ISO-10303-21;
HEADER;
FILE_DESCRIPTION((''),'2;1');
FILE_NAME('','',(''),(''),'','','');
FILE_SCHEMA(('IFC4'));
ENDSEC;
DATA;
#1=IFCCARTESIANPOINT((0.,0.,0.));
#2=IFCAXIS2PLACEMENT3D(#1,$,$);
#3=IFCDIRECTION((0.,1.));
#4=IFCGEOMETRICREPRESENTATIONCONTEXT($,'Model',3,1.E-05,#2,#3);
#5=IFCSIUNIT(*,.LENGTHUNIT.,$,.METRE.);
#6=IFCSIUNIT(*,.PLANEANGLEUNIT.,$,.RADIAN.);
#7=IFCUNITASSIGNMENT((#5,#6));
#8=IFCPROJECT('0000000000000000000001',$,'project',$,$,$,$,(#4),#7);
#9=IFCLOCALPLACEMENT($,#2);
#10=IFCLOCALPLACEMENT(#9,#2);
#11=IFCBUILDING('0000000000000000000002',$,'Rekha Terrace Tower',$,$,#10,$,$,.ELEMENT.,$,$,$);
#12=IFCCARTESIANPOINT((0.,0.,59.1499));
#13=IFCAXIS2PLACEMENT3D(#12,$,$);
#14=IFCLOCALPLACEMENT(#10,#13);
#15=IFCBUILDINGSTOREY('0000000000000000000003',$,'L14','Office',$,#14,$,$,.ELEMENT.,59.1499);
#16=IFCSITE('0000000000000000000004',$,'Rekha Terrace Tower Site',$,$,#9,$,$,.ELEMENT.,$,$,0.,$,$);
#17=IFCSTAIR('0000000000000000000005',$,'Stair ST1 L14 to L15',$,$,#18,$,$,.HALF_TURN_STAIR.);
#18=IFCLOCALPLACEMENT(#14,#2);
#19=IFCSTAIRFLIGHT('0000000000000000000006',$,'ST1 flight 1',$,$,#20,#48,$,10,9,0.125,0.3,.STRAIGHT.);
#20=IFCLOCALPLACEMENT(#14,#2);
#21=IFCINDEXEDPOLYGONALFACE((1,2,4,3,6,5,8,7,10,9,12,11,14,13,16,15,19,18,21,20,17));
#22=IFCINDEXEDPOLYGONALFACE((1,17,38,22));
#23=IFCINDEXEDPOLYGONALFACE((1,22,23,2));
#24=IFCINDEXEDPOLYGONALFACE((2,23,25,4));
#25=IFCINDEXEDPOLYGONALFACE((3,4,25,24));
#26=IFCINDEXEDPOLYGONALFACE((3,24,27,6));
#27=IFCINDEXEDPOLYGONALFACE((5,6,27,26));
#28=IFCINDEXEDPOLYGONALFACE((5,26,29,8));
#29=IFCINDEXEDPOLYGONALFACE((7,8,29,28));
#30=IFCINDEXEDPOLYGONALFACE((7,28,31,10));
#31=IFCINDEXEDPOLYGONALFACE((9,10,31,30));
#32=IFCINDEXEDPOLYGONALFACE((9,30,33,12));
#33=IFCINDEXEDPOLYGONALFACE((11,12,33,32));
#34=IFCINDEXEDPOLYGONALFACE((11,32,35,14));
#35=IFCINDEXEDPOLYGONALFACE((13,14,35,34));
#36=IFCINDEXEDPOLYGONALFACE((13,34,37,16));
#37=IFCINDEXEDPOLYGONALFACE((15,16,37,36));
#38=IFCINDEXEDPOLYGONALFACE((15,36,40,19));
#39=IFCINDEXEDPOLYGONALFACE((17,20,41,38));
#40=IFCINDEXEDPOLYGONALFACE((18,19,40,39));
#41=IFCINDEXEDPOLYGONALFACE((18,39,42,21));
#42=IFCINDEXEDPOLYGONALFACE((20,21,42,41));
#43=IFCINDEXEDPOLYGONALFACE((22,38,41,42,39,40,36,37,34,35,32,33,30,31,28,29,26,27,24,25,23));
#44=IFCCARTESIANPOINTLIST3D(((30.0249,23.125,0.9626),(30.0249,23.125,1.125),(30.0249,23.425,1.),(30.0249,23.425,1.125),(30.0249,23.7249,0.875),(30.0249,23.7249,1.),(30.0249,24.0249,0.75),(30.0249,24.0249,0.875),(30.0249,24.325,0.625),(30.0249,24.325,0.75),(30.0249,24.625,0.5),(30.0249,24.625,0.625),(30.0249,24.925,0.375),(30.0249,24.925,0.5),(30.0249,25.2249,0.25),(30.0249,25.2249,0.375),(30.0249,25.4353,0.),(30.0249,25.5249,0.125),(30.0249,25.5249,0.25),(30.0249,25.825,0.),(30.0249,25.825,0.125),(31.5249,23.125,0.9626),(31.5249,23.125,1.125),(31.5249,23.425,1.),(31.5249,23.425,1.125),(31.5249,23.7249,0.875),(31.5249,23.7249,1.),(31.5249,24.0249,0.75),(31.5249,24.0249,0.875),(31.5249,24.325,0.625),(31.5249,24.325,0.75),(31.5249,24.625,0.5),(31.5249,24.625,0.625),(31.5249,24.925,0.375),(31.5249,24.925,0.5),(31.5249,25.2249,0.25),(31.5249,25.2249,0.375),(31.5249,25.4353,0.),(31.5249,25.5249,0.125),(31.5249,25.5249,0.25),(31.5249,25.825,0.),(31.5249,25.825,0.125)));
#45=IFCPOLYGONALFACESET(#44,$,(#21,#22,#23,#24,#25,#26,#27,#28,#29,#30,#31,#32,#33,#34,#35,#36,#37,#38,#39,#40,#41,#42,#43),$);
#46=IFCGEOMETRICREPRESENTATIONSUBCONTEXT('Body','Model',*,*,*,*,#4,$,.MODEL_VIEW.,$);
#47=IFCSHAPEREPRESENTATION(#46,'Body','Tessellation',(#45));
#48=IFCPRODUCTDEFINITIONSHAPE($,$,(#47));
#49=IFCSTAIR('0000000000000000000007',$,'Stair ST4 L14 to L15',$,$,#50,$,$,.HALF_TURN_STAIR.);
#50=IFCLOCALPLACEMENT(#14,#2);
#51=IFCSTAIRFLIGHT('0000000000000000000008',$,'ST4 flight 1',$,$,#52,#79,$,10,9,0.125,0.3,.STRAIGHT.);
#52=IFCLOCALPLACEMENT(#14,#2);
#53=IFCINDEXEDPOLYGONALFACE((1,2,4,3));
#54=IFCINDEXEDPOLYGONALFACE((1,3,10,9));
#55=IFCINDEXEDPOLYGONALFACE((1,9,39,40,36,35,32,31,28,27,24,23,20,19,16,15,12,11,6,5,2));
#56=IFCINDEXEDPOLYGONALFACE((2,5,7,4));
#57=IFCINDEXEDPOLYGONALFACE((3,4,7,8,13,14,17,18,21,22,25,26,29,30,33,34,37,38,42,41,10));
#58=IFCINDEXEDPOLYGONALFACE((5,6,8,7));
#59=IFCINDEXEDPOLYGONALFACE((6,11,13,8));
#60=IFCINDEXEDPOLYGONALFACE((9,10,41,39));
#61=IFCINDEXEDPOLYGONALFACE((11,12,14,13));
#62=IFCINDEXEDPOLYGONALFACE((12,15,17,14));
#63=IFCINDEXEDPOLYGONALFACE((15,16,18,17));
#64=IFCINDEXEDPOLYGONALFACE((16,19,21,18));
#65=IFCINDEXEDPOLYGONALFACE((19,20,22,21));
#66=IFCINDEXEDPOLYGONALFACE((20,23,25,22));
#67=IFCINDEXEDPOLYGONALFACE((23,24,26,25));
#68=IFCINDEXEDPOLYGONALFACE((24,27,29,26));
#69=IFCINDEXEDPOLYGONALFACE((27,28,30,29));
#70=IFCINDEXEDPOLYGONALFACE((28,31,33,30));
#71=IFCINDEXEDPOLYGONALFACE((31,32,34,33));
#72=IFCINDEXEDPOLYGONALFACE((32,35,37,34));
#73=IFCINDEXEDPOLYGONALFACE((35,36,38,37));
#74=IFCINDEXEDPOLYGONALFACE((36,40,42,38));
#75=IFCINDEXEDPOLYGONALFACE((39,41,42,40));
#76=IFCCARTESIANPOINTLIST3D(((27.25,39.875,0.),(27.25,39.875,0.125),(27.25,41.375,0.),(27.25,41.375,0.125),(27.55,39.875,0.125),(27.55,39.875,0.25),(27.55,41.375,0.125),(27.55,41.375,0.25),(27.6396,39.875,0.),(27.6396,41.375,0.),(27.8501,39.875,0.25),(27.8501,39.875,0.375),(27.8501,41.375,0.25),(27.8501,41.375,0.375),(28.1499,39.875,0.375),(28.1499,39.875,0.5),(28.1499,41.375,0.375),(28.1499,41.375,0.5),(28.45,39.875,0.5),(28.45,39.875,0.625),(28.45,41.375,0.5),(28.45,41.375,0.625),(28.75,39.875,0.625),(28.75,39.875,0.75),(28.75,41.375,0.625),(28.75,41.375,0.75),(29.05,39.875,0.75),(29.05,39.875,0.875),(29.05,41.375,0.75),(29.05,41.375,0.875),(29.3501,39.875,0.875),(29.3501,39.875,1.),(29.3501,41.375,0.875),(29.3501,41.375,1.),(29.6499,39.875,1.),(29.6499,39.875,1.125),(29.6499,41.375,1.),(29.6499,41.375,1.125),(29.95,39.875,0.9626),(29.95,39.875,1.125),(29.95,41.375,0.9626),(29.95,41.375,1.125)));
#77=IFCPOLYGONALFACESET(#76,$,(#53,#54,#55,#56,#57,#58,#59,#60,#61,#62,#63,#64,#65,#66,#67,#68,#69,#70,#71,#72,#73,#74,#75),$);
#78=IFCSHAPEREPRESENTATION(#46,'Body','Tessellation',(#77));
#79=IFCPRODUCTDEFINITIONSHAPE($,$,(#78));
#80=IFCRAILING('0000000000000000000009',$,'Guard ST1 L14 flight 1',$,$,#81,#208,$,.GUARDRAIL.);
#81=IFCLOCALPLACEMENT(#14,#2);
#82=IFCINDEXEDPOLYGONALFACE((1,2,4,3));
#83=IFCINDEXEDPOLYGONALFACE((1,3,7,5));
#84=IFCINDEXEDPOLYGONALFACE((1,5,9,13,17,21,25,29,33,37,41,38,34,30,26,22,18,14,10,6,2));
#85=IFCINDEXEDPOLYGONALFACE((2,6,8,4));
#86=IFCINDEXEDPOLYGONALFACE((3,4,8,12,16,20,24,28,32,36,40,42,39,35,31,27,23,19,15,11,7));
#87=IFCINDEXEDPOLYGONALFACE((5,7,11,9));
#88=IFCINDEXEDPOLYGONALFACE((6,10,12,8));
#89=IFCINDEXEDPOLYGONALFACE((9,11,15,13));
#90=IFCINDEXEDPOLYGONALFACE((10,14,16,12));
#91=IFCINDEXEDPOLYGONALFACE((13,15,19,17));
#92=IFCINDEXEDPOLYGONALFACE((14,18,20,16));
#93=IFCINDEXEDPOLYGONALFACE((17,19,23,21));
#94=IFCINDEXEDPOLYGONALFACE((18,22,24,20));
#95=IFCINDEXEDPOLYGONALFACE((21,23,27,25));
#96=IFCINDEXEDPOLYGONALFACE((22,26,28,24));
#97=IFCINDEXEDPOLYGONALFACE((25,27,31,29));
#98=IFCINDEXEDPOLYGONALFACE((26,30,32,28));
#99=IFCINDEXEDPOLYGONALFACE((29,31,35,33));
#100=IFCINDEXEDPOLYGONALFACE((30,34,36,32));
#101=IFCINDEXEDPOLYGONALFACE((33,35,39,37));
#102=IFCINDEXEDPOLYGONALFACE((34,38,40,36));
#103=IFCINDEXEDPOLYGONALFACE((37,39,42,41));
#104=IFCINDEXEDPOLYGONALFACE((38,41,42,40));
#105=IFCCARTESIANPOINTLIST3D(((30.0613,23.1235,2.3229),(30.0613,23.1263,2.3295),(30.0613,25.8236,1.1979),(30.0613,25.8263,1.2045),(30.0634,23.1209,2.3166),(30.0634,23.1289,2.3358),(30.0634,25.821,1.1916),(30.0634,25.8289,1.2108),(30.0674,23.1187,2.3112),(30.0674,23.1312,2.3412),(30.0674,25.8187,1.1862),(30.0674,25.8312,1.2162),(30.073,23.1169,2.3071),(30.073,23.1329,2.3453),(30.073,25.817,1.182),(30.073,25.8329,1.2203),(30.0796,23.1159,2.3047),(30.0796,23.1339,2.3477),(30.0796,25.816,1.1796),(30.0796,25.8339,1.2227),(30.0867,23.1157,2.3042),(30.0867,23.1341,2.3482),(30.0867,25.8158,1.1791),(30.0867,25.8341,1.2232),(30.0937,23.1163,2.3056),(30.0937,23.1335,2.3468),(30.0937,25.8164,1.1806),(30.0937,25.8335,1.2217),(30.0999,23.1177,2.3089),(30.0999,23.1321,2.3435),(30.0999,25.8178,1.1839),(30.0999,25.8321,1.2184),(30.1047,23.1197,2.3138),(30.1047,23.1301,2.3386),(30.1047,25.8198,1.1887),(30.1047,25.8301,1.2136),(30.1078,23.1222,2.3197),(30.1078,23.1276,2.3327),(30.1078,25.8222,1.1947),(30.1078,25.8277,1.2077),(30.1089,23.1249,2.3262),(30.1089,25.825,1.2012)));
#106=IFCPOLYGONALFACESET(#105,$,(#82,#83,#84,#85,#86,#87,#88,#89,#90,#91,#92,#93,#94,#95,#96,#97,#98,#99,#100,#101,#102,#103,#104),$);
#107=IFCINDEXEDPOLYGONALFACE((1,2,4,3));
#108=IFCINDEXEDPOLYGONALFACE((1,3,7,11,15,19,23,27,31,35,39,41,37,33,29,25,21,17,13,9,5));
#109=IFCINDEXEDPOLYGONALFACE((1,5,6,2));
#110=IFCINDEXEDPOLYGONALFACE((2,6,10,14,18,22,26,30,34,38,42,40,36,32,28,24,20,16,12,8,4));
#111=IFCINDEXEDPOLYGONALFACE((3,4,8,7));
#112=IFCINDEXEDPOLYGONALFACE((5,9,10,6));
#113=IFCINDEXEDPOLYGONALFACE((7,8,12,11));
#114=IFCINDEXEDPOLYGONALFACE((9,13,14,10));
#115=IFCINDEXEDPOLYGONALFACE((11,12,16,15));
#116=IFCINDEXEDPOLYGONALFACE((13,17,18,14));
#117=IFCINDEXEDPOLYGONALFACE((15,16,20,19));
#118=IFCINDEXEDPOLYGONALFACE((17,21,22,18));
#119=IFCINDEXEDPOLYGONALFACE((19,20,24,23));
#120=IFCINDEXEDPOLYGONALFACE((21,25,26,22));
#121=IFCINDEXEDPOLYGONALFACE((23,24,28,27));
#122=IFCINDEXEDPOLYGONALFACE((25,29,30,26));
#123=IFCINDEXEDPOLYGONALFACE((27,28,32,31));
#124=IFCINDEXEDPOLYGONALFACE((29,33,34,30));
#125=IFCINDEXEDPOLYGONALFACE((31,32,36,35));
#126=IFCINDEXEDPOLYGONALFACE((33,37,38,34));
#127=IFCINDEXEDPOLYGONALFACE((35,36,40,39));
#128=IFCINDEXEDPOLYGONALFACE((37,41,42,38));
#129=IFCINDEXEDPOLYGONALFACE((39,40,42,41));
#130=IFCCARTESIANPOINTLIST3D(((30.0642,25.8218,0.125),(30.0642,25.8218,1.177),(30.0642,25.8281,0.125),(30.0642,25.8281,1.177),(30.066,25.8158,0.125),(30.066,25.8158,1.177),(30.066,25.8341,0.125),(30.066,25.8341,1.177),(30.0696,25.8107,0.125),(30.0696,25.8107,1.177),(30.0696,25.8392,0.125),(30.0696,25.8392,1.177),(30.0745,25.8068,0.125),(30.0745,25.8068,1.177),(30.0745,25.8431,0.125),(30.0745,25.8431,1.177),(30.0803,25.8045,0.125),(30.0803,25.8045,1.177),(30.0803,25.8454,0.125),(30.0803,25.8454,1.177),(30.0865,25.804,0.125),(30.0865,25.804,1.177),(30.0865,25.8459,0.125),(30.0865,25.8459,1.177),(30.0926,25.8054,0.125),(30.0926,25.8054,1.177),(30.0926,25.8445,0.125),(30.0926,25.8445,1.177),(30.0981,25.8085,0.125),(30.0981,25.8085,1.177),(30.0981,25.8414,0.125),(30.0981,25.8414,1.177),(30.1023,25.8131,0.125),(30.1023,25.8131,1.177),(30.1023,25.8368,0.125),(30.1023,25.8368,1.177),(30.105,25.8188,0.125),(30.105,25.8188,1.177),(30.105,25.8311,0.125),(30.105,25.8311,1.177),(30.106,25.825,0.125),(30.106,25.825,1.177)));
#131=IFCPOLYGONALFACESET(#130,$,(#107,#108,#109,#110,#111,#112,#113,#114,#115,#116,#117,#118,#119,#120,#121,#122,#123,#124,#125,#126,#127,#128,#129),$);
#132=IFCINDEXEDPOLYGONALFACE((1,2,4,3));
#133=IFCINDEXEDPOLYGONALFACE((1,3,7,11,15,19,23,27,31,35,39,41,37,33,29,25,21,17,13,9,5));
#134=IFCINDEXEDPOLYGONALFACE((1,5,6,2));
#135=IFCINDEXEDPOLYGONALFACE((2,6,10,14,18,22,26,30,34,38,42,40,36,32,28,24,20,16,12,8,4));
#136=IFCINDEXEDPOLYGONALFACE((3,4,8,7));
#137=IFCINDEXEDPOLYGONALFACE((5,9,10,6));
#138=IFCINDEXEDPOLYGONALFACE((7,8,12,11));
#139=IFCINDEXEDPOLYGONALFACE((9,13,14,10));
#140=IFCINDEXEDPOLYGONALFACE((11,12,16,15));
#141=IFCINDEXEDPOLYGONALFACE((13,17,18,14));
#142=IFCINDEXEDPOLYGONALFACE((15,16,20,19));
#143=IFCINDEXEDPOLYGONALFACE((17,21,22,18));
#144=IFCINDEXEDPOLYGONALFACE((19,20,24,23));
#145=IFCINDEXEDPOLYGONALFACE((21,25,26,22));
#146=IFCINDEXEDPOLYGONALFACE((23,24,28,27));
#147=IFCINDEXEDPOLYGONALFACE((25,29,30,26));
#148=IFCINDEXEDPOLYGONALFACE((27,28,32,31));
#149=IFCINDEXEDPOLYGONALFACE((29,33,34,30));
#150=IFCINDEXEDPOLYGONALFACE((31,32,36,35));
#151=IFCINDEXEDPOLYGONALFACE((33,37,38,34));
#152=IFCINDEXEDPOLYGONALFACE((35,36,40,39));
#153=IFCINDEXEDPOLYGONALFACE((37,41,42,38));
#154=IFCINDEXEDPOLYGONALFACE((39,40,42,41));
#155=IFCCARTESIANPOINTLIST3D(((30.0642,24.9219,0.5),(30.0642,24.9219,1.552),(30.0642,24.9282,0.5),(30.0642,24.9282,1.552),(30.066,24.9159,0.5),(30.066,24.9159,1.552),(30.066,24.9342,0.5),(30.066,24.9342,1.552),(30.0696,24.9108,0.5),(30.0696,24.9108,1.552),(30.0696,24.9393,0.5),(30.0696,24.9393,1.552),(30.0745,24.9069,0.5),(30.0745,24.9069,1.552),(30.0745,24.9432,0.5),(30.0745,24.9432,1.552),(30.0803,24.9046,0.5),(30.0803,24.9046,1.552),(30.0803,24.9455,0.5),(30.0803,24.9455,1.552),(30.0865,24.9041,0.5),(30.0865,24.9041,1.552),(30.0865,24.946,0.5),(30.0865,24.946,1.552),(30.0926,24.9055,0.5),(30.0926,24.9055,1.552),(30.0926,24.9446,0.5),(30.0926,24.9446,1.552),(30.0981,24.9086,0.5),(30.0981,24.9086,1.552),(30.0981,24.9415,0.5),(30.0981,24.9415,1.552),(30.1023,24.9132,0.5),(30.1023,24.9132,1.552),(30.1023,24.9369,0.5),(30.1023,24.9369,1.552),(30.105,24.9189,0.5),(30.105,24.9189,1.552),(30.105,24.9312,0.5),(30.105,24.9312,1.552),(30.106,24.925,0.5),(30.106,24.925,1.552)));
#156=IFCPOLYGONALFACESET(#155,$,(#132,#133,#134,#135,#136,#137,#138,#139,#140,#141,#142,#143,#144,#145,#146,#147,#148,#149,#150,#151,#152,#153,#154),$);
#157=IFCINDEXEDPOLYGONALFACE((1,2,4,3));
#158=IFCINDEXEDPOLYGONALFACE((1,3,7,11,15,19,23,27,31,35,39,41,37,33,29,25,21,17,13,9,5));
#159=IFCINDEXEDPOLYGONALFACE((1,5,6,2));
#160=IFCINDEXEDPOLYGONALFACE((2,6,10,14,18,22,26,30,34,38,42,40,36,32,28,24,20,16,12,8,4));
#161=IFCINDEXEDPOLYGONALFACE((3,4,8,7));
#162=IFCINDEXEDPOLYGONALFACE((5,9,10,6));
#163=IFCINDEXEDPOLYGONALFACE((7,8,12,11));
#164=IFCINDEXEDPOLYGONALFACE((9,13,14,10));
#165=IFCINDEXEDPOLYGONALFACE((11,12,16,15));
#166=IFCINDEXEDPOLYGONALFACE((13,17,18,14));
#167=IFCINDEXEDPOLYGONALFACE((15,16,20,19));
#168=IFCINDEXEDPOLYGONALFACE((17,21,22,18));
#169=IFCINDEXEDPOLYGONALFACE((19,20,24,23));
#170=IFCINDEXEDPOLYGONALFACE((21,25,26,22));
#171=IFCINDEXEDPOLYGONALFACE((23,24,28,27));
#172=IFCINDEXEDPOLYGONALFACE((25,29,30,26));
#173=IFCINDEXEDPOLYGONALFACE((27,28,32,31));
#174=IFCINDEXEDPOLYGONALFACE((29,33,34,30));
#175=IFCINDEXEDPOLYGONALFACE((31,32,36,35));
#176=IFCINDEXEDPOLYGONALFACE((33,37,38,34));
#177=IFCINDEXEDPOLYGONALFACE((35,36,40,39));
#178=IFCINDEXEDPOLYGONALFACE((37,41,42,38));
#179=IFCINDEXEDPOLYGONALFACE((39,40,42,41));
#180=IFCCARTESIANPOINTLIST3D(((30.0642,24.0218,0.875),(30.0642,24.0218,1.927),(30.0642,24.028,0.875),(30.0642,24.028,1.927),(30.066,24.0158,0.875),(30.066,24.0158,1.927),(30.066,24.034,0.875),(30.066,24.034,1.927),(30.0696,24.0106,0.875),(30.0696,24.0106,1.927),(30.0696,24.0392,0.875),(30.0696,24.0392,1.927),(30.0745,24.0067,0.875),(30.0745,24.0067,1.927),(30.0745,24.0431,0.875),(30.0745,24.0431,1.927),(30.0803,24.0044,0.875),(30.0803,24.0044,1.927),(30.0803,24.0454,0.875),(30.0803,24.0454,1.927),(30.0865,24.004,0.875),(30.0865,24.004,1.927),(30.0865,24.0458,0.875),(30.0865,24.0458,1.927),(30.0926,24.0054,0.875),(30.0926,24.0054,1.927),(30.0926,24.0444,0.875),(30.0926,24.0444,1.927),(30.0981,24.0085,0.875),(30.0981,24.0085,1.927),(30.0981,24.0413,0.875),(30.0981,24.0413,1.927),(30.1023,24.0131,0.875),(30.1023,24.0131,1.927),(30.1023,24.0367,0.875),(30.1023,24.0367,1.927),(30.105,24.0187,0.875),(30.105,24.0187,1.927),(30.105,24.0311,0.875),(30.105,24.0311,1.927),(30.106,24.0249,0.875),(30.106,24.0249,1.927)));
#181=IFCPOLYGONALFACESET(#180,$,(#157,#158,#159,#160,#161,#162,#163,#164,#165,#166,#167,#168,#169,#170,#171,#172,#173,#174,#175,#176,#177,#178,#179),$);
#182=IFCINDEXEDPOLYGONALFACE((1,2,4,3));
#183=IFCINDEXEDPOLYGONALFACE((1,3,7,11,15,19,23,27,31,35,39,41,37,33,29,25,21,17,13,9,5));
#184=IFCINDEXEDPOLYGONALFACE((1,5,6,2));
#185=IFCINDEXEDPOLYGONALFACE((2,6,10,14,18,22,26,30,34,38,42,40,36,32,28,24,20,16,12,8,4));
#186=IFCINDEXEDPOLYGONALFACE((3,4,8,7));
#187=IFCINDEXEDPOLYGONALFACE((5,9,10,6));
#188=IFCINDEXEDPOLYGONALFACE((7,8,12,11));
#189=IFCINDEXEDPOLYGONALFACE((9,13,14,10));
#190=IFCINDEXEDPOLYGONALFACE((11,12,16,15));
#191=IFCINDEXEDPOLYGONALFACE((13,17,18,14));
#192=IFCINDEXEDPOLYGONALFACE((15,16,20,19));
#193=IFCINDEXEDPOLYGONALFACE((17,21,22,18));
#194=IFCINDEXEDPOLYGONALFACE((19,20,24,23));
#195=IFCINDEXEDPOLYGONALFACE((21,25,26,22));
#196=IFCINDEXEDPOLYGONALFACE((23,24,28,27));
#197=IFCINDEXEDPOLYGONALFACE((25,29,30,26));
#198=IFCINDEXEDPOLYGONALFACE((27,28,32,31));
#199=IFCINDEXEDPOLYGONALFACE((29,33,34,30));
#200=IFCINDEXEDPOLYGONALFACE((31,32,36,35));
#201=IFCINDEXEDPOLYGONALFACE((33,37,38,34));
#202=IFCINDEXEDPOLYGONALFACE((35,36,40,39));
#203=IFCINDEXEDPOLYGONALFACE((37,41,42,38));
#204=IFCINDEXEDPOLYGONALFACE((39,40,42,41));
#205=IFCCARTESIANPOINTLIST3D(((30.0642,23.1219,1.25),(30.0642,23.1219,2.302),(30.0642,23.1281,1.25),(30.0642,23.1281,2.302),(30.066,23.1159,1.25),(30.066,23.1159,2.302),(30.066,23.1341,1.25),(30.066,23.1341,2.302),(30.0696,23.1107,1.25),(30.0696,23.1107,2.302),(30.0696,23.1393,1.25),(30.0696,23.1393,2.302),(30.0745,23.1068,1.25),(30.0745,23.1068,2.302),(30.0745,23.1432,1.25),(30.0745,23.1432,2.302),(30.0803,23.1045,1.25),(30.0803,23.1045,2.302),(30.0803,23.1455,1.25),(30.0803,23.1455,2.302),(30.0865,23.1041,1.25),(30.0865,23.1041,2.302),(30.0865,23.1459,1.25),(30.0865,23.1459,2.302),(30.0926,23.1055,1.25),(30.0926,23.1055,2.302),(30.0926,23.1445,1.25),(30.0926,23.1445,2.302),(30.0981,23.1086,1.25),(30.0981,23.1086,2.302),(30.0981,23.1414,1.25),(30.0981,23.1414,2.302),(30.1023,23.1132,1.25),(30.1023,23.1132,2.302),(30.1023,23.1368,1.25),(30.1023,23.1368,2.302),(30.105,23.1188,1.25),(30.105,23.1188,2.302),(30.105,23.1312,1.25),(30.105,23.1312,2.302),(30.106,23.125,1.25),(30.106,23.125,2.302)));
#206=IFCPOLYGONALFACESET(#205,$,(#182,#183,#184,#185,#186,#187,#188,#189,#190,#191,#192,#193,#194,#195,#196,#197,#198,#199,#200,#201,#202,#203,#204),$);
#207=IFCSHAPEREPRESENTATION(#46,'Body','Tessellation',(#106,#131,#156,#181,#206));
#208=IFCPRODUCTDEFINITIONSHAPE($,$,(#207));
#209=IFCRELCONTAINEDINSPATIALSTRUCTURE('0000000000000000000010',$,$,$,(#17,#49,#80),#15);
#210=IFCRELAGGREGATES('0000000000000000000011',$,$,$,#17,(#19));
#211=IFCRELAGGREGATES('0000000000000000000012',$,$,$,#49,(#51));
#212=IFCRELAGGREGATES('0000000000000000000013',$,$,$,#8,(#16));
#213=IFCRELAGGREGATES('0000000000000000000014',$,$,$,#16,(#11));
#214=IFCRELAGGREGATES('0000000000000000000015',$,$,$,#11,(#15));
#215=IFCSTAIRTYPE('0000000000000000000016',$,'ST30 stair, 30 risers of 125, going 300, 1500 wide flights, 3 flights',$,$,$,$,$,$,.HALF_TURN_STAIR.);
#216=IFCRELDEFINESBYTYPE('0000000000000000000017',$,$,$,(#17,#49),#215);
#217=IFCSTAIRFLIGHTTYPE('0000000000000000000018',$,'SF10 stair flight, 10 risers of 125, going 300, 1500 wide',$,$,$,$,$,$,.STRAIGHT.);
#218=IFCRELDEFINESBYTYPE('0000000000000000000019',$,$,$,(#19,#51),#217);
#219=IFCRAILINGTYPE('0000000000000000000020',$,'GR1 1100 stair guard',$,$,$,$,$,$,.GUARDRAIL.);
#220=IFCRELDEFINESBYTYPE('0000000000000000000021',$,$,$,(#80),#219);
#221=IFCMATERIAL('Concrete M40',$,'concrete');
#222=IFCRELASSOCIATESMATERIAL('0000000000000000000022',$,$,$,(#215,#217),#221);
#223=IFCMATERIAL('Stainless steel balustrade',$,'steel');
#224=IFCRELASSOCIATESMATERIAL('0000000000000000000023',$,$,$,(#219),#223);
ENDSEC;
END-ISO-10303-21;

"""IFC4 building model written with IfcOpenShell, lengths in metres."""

from ifc_helpers import new_model, si_unit, direction, frame, origin, origin_2d, place, context, subcontext, project, spatial, polyline, circle, outline, extrude, material, type_object, element, aggregate, save


model = new_model("IFC4")

# Units and contexts
model_context = context("Model", 3, precision=1e-05, world=origin(), true_north=direction((0.0, 1.0)))
body_context = subcontext(model_context, "Body", "Model", "MODEL_VIEW")
ifc_project = project(units=[si_unit("LENGTHUNIT", "METRE"), si_unit("PLANEANGLEUNIT", "RADIAN")], contexts=[model_context])

# Site, building, storey
site_placement = place(None, origin())
site = spatial("IfcSite", under=ifc_project, at=site_placement, Name="Rekha Terrace Tower Site", CompositionType="ELEMENT", RefElevation=0.0)
building_placement = place(site_placement, origin())
building = spatial("IfcBuilding", under=site, at=building_placement, Name="Rekha Terrace Tower", CompositionType="ELEMENT")
storey_placement = place(building_placement, frame((0.0, 0.0, 59.1499)))
storey = spatial("IfcBuildingStorey", under=building, at=storey_placement, Name="L14", Description="Office", CompositionType="ELEMENT", Elevation=59.1499)

# Stairs, stair flights
ifc_material_1 = material(Name="Concrete M40", Category="concrete")
stair_type = type_object("IfcStairType", Name="ST30 stair, 30 risers of 125, going 300, 1500 wide flights, 3 flights", PredefinedType="HALF_TURN_STAIR", material=ifc_material_1)
stair_1_placement = place(storey_placement, origin())
stair_1 = element("IfcStair", 1, at=stair_1_placement, inside=storey, type_object=stair_type, Name="Stair ST1 L14 to L15", PredefinedType="HALF_TURN_STAIR")
stair_flight_type = type_object("IfcStairFlightType", Name="SF10 stair flight, 10 risers of 125, going 300, 1500 wide", PredefinedType="STRAIGHT", material=ifc_material_1)
stair_flight_1_placement = place(storey_placement, frame((30.7749, 25.825, 0.0), z_axis=(0.0, 0.0, 1.0), x_axis=(0.0, -1.0, 0.0)))
stair_flight_1 = element("IfcStairFlight", 2, at=stair_flight_1_placement, type_object=stair_flight_type, Name="ST1 flight 1", NumberOfRisers=10, NumberOfTreads=9, PredefinedType="STRAIGHT", RiserHeight=0.125, TreadLength=0.3, context=body_context, shape_type="SweptSolid", body=[
    extrude(outline(polyline([(0.0, 0.0), (0.0, 0.125), (0.3, 0.125), (0.3, 0.25), (0.6001, 0.25), (0.6001, 0.375), (0.8999, 0.375), (0.8999, 0.5), (1.2, 0.5), (1.2, 0.625), (1.5, 0.625), (1.5, 0.75), (1.8, 0.75), (1.8, 0.875), (2.1001, 0.875), (2.1001, 1.0), (2.3999, 1.0), (2.3999, 1.125), (2.7, 1.125), (2.7, 1.25), (2.7, 0.9626), (0.3896, 0.0), (0.0, 0.0)])), frame((0.0, 0.75, 0.0), z_axis=(0.0, -1.0, 0.0), x_axis=(1.0, 0.0, 0.0)), (0.0, 0.0, 1.0), 1.5),
])
aggregate(stair_1, [stair_flight_1])
stair_2_placement = place(storey_placement, origin())
stair_2 = element("IfcStair", 3, at=stair_2_placement, inside=storey, type_object=stair_type, Name="Stair ST4 L14 to L15", PredefinedType="HALF_TURN_STAIR")
stair_flight_2_placement = place(storey_placement, frame((27.25, 40.625, 0.0), z_axis=(0.0, 0.0, 1.0), x_axis=(1.0, 0.0, 0.0)))
stair_flight_2 = element("IfcStairFlight", 4, at=stair_flight_2_placement, type_object=stair_flight_type, Name="ST4 flight 1", NumberOfRisers=10, NumberOfTreads=9, PredefinedType="STRAIGHT", RiserHeight=0.125, TreadLength=0.3, context=body_context, shape_type="SweptSolid", body=[
    extrude(outline(polyline([(0.0, 0.0), (0.0, 0.125), (0.3, 0.125), (0.3, 0.25), (0.6001, 0.25), (0.6001, 0.375), (0.8999, 0.375), (0.8999, 0.5), (1.2, 0.5), (1.2, 0.625), (1.5, 0.625), (1.5, 0.75), (1.8, 0.75), (1.8, 0.875), (2.1001, 0.875), (2.1001, 1.0), (2.3999, 1.0), (2.3999, 1.125), (2.7, 1.125), (2.7, 1.25), (2.7, 0.9626), (0.3896, 0.0), (0.0, 0.0)])), frame((0.0, 0.75, 0.0), z_axis=(0.0, -1.0, 0.0), x_axis=(1.0, 0.0, 0.0)), (0.0, 0.0, 1.0), 1.5),
])
aggregate(stair_2, [stair_flight_2])

# Railing
ifc_material_2 = material(Name="Stainless steel balustrade", Category="steel")
railing_type_1 = type_object("IfcRailingType", Name="GR1 1100 stair guard", PredefinedType="GUARDRAIL", material=ifc_material_2)
railing_1_placement = place(storey_placement, frame((30.085, 25.825, 0.125)))
element("IfcRailing", 5, at=railing_1_placement, inside=storey, type_object=railing_type_1, Name="Guard ST1 L14 flight 1", PredefinedType="GUARDRAIL", context=body_context, shape_type="SweptSolid", body=[
    extrude(circle(Radius=0.0239, at=origin_2d()), frame((0.0, 0.0, 1.0762), z_axis=(0.0, -0.923074, 0.384621), x_axis=(1.0, 0.0, 0.0)), (0.0, 0.0, 1.0), 2.925),
    extrude(circle(Radius=0.021, at=origin_2d()), origin(), (0.0, 0.0, 1.0), 1.052),
    extrude(circle(Radius=0.021, at=origin_2d()), frame((0.0, -0.8999, 0.375)), (0.0, 0.0, 1.0), 1.052),
    extrude(circle(Radius=0.021, at=origin_2d()), frame((0.0, -1.8, 0.75)), (0.0, 0.0, 1.0), 1.052),
    extrude(circle(Radius=0.021, at=origin_2d()), frame((0.0, -2.7, 1.125)), (0.0, 0.0, 1.0), 1.052),
])

save(model, "model.ifc")
